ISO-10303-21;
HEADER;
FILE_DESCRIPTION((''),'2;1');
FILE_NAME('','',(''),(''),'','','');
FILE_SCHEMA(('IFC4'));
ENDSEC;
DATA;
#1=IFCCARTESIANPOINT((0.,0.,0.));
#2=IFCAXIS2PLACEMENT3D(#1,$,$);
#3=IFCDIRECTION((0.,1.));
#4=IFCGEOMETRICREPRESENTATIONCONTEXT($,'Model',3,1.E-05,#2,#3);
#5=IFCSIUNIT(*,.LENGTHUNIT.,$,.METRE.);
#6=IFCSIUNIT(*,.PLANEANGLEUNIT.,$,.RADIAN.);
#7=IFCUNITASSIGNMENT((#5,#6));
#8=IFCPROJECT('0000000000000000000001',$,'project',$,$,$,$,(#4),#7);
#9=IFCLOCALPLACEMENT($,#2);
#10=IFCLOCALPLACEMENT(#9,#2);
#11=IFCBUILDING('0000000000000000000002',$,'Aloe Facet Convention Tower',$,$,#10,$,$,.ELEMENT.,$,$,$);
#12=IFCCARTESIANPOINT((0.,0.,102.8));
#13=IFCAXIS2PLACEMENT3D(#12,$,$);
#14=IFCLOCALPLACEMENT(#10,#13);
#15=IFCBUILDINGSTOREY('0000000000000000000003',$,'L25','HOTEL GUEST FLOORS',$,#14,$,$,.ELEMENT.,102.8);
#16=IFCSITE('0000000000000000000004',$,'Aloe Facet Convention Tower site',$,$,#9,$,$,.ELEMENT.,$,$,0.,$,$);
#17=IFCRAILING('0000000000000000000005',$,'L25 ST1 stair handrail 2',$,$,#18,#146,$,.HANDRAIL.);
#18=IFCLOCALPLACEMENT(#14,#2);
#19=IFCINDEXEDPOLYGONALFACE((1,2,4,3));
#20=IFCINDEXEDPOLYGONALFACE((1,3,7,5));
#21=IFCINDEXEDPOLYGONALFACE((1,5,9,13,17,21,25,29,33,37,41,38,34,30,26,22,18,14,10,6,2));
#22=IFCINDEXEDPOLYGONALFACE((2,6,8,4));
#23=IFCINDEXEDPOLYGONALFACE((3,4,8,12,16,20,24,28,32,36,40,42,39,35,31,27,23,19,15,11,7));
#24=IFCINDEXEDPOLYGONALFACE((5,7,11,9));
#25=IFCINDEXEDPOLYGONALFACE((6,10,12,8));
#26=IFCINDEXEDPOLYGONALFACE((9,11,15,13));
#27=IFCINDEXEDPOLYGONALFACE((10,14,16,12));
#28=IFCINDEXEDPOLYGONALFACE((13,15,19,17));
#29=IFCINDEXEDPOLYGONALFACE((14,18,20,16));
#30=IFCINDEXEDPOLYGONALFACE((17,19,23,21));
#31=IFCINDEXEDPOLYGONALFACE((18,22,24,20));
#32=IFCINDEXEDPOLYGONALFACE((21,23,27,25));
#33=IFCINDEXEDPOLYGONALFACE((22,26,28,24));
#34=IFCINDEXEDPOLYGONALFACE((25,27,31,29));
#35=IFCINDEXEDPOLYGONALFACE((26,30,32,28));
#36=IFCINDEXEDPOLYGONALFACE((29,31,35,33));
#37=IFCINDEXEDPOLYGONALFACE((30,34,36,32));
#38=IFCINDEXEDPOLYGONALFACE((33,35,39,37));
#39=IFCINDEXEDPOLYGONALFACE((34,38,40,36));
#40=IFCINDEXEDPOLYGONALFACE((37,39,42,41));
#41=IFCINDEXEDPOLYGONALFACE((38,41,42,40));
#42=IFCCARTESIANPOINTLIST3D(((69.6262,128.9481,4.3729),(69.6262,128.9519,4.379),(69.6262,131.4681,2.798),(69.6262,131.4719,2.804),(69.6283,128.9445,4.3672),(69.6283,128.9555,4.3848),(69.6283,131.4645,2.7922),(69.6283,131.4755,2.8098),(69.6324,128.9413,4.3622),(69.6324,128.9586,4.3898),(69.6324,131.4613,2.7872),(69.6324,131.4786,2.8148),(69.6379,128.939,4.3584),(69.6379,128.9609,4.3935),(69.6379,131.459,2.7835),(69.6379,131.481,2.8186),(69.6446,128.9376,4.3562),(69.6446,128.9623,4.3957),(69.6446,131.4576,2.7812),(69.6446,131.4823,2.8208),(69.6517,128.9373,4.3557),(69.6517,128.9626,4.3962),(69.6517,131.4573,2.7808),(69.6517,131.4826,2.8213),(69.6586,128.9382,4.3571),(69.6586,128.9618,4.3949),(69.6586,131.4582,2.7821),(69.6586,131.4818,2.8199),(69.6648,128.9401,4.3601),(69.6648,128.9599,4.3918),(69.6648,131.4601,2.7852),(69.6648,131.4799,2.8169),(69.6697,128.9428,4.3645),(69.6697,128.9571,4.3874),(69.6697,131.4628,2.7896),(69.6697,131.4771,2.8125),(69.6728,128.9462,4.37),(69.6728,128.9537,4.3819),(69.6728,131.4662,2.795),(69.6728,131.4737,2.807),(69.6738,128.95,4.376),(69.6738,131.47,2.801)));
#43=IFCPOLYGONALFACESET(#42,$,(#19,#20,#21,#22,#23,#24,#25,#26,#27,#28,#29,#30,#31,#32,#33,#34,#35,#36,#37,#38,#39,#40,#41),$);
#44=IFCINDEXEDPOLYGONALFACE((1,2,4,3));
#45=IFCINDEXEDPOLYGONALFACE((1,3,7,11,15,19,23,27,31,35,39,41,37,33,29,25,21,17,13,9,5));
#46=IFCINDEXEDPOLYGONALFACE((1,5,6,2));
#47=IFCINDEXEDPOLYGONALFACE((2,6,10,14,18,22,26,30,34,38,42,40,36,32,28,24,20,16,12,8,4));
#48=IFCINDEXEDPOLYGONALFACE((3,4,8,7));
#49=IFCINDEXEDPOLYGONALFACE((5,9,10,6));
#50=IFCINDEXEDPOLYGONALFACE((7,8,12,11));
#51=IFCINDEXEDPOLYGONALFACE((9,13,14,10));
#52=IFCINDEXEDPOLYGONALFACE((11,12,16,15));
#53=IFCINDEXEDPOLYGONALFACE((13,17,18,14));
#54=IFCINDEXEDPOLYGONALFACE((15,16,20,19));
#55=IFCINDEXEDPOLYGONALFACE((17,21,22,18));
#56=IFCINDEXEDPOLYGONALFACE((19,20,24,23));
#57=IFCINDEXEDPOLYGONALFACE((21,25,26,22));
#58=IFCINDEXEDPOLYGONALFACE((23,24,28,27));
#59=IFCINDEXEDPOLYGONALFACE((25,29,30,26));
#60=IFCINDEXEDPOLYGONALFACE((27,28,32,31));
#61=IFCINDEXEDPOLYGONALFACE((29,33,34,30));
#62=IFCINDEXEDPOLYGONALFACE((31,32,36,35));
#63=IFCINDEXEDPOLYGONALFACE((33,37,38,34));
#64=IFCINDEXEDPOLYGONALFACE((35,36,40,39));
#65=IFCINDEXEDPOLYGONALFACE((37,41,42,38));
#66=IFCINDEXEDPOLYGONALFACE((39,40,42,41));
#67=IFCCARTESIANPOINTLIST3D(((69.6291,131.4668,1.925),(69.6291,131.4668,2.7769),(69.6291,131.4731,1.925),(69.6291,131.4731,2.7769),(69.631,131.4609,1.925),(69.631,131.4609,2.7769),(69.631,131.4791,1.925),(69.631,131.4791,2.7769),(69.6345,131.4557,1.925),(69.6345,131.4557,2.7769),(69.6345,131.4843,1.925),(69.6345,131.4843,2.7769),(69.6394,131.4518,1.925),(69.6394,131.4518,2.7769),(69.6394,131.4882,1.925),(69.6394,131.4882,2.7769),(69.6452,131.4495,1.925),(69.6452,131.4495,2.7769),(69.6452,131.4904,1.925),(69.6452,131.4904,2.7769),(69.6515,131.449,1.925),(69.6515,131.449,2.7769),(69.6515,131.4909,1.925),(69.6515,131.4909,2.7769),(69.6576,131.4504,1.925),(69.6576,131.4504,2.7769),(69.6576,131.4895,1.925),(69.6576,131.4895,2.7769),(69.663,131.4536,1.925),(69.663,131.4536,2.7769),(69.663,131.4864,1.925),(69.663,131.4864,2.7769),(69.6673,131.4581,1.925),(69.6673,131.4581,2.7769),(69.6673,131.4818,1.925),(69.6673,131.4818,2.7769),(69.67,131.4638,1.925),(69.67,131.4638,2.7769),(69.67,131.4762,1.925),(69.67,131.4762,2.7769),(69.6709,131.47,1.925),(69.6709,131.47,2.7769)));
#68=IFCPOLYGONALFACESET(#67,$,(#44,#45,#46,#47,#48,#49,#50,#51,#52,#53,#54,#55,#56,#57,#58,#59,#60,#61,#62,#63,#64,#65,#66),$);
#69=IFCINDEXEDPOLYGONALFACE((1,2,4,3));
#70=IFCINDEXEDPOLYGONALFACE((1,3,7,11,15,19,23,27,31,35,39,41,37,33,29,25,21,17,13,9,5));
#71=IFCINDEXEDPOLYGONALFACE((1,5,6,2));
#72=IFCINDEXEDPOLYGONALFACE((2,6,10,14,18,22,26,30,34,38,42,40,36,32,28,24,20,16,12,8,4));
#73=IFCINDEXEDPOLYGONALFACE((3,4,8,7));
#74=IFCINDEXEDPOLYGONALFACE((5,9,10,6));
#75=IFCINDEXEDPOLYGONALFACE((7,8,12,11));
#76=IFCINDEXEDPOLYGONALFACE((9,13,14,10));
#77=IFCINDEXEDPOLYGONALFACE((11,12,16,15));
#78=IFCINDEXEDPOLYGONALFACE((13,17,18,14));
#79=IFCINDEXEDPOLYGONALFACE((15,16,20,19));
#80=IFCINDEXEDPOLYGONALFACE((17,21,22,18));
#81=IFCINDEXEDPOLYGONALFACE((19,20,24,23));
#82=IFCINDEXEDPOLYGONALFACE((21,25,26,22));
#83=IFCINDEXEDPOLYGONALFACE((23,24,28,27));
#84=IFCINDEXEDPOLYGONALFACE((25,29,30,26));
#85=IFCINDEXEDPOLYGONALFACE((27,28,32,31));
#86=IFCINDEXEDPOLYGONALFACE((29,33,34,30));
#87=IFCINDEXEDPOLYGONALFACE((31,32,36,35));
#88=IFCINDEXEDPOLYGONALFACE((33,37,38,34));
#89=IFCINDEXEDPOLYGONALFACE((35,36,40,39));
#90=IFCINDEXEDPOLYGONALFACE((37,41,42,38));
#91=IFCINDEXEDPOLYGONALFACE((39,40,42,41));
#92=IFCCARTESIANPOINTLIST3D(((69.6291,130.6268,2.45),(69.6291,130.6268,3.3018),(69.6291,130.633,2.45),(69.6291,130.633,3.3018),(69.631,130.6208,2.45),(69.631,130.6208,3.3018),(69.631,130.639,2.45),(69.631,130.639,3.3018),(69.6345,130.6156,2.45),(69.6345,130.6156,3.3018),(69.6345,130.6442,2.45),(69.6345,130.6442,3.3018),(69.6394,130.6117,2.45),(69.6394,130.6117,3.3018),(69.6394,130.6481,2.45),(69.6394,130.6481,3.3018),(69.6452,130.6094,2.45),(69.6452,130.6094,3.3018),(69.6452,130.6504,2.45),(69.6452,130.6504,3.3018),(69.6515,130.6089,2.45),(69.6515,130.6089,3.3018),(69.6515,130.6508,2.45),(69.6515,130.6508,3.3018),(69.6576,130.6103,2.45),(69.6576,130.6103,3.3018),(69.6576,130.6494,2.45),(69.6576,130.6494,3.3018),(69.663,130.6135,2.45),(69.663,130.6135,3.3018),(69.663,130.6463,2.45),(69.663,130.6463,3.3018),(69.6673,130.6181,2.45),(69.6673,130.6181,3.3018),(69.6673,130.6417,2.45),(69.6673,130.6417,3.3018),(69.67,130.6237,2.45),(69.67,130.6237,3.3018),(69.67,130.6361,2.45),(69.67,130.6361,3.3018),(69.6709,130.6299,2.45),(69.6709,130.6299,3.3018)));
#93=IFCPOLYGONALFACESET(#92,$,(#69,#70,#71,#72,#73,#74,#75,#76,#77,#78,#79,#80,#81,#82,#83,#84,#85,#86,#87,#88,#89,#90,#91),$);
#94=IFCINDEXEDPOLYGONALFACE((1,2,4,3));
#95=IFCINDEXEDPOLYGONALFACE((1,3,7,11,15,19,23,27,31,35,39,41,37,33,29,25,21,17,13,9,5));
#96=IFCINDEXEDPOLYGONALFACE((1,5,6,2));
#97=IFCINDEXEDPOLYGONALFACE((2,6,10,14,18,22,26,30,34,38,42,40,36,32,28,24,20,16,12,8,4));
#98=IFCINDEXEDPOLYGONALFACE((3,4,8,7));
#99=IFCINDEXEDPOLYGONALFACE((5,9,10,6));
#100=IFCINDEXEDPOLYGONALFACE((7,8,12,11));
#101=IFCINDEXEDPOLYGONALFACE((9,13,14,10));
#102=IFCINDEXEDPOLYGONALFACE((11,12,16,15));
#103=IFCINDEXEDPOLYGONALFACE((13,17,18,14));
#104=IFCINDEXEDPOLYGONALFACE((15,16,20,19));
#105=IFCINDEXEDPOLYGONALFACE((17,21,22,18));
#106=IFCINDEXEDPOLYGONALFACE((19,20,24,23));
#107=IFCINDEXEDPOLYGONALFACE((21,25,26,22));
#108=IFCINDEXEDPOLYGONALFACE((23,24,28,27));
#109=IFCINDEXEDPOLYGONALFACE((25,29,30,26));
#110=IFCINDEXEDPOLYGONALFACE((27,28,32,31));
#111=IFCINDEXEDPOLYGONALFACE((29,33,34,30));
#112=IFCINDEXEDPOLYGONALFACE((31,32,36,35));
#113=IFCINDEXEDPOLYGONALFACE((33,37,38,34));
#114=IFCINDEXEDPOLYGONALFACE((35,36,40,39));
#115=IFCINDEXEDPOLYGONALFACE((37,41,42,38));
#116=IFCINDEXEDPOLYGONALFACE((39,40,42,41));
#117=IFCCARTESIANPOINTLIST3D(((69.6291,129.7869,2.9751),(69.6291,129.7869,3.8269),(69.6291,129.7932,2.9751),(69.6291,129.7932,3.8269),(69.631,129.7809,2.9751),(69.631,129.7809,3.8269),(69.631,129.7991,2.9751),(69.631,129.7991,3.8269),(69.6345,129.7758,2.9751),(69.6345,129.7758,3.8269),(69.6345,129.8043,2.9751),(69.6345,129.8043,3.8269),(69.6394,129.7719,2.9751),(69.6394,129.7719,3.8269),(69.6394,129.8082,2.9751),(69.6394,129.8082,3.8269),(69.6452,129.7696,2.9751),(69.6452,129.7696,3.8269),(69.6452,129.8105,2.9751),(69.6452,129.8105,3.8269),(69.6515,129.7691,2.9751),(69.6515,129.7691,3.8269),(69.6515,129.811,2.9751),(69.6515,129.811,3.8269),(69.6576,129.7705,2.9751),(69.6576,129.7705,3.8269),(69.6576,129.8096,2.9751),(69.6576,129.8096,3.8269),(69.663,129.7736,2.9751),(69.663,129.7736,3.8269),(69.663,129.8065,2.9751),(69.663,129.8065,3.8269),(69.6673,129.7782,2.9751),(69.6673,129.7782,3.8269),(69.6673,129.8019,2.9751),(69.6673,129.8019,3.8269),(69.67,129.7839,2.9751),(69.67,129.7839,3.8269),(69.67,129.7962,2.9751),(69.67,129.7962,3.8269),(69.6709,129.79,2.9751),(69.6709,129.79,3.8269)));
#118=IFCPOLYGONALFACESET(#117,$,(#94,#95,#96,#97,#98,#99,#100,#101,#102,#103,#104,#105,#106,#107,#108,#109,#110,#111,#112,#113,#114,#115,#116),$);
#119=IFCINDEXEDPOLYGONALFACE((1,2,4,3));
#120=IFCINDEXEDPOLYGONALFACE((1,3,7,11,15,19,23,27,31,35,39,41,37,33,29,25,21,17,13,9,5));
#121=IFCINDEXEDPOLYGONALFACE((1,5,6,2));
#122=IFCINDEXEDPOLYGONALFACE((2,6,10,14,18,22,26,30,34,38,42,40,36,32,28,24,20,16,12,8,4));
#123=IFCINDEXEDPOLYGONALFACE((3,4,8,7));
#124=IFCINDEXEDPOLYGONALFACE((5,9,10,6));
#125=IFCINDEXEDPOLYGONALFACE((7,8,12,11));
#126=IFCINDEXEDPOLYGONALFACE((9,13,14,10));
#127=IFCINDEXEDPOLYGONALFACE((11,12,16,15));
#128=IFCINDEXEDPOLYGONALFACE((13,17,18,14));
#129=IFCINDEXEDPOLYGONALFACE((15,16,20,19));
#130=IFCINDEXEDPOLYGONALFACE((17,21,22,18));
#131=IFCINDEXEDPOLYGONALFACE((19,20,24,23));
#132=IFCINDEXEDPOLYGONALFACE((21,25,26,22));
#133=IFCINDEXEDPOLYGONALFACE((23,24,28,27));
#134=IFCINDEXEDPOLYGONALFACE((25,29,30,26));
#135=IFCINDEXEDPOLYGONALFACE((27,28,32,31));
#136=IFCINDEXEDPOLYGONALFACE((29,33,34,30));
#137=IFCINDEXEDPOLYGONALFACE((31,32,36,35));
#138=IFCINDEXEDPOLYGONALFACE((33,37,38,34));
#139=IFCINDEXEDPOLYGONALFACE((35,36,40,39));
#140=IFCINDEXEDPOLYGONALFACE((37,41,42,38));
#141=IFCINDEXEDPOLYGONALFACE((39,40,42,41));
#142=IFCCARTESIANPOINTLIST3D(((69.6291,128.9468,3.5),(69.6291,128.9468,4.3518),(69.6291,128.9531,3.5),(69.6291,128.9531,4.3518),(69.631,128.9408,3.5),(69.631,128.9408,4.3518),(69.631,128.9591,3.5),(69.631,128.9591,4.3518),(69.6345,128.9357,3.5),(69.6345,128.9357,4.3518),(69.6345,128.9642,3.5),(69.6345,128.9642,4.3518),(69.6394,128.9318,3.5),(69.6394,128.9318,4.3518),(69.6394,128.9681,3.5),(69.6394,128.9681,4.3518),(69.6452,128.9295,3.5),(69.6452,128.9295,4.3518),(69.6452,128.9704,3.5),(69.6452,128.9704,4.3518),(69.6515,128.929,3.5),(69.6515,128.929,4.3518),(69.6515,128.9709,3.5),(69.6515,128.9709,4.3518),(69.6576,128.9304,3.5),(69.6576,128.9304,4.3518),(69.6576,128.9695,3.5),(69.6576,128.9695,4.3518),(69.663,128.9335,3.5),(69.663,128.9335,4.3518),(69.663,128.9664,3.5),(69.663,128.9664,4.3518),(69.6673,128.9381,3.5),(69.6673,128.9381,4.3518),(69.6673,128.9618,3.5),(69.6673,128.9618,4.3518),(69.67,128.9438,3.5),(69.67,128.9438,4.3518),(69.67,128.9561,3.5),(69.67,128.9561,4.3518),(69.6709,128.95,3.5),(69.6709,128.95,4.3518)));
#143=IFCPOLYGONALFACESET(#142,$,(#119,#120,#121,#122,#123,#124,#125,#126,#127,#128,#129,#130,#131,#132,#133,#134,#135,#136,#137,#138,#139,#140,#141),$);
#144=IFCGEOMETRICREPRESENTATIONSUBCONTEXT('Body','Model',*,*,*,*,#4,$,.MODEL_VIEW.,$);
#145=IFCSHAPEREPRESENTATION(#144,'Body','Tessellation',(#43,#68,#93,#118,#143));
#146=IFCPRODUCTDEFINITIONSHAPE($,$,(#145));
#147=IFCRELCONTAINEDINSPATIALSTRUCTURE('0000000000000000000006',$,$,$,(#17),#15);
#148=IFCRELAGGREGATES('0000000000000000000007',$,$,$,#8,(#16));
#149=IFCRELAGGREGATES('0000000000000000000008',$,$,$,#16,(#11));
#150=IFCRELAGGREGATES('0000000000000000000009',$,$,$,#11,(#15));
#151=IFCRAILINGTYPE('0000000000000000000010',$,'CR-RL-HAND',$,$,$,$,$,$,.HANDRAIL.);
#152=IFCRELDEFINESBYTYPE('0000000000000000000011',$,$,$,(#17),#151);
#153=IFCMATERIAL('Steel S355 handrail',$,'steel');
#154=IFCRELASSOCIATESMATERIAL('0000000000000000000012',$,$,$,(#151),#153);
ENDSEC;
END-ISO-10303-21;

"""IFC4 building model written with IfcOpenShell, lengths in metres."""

from ifc_helpers import new_model, si_unit, direction, frame, origin, origin_2d, place, context, subcontext, project, spatial, circle, extrude, material, type_object, element, save


model = new_model("IFC4")

# Units and contexts
model_context = context("Model", 3, precision=1e-05, world=origin(), true_north=direction((0.0, 1.0)))
body_context = subcontext(model_context, "Body", "Model", "MODEL_VIEW")
ifc_project = project(units=[si_unit("LENGTHUNIT", "METRE"), si_unit("PLANEANGLEUNIT", "RADIAN")], contexts=[model_context])

# Site, building, storey
site_placement = place(None, origin())
site = spatial("IfcSite", under=ifc_project, at=site_placement, Name="Aloe Facet Convention Tower site", CompositionType="ELEMENT", RefElevation=0.0)
building_placement = place(site_placement, origin())
building = spatial("IfcBuilding", under=site, at=building_placement, Name="Aloe Facet Convention Tower", CompositionType="ELEMENT")
storey_placement = place(building_placement, frame((0.0, 0.0, 102.8)))
storey = spatial("IfcBuildingStorey", under=building, at=storey_placement, Name="L25", Description="HOTEL GUEST FLOORS", CompositionType="ELEMENT", Elevation=102.8)

# Railing
ifc_material_1 = material(Name="Steel S355 handrail", Category="steel")
railing_type_1 = type_object("IfcRailingType", Name="CR-RL-HAND", PredefinedType="HANDRAIL", material=ifc_material_1)
railing_1_placement = place(storey_placement, frame((69.6499, 131.47, 1.925)))
element("IfcRailing", 1, at=railing_1_placement, inside=storey, type_object=railing_type_1, Name="L25 ST1 stair handrail 2", PredefinedType="HANDRAIL", context=body_context, shape_type="SweptSolid", body=[
    extrude(circle(Radius=0.0239, at=origin_2d()), frame((0.0, 0.0, 0.876), z_axis=(0.0, -0.848008, 0.529984), x_axis=(1.0, 0.0, 0.0)), (0.0, 0.0, 1.0), 2.9717),
    extrude(circle(Radius=0.021, at=origin_2d()), origin(), (0.0, 0.0, 1.0), 0.8518),
    extrude(circle(Radius=0.021, at=origin_2d()), frame((0.0, -0.8401, 0.5249)), (0.0, 0.0, 1.0), 0.8518),
    extrude(circle(Radius=0.021, at=origin_2d()), frame((0.0, -1.6799, 1.05)), (0.0, 0.0, 1.0), 0.8518),
    extrude(circle(Radius=0.021, at=origin_2d()), frame((0.0, -2.52, 1.575)), (0.0, 0.0, 1.0), 0.8518),
])

save(model, "model.ifc")
